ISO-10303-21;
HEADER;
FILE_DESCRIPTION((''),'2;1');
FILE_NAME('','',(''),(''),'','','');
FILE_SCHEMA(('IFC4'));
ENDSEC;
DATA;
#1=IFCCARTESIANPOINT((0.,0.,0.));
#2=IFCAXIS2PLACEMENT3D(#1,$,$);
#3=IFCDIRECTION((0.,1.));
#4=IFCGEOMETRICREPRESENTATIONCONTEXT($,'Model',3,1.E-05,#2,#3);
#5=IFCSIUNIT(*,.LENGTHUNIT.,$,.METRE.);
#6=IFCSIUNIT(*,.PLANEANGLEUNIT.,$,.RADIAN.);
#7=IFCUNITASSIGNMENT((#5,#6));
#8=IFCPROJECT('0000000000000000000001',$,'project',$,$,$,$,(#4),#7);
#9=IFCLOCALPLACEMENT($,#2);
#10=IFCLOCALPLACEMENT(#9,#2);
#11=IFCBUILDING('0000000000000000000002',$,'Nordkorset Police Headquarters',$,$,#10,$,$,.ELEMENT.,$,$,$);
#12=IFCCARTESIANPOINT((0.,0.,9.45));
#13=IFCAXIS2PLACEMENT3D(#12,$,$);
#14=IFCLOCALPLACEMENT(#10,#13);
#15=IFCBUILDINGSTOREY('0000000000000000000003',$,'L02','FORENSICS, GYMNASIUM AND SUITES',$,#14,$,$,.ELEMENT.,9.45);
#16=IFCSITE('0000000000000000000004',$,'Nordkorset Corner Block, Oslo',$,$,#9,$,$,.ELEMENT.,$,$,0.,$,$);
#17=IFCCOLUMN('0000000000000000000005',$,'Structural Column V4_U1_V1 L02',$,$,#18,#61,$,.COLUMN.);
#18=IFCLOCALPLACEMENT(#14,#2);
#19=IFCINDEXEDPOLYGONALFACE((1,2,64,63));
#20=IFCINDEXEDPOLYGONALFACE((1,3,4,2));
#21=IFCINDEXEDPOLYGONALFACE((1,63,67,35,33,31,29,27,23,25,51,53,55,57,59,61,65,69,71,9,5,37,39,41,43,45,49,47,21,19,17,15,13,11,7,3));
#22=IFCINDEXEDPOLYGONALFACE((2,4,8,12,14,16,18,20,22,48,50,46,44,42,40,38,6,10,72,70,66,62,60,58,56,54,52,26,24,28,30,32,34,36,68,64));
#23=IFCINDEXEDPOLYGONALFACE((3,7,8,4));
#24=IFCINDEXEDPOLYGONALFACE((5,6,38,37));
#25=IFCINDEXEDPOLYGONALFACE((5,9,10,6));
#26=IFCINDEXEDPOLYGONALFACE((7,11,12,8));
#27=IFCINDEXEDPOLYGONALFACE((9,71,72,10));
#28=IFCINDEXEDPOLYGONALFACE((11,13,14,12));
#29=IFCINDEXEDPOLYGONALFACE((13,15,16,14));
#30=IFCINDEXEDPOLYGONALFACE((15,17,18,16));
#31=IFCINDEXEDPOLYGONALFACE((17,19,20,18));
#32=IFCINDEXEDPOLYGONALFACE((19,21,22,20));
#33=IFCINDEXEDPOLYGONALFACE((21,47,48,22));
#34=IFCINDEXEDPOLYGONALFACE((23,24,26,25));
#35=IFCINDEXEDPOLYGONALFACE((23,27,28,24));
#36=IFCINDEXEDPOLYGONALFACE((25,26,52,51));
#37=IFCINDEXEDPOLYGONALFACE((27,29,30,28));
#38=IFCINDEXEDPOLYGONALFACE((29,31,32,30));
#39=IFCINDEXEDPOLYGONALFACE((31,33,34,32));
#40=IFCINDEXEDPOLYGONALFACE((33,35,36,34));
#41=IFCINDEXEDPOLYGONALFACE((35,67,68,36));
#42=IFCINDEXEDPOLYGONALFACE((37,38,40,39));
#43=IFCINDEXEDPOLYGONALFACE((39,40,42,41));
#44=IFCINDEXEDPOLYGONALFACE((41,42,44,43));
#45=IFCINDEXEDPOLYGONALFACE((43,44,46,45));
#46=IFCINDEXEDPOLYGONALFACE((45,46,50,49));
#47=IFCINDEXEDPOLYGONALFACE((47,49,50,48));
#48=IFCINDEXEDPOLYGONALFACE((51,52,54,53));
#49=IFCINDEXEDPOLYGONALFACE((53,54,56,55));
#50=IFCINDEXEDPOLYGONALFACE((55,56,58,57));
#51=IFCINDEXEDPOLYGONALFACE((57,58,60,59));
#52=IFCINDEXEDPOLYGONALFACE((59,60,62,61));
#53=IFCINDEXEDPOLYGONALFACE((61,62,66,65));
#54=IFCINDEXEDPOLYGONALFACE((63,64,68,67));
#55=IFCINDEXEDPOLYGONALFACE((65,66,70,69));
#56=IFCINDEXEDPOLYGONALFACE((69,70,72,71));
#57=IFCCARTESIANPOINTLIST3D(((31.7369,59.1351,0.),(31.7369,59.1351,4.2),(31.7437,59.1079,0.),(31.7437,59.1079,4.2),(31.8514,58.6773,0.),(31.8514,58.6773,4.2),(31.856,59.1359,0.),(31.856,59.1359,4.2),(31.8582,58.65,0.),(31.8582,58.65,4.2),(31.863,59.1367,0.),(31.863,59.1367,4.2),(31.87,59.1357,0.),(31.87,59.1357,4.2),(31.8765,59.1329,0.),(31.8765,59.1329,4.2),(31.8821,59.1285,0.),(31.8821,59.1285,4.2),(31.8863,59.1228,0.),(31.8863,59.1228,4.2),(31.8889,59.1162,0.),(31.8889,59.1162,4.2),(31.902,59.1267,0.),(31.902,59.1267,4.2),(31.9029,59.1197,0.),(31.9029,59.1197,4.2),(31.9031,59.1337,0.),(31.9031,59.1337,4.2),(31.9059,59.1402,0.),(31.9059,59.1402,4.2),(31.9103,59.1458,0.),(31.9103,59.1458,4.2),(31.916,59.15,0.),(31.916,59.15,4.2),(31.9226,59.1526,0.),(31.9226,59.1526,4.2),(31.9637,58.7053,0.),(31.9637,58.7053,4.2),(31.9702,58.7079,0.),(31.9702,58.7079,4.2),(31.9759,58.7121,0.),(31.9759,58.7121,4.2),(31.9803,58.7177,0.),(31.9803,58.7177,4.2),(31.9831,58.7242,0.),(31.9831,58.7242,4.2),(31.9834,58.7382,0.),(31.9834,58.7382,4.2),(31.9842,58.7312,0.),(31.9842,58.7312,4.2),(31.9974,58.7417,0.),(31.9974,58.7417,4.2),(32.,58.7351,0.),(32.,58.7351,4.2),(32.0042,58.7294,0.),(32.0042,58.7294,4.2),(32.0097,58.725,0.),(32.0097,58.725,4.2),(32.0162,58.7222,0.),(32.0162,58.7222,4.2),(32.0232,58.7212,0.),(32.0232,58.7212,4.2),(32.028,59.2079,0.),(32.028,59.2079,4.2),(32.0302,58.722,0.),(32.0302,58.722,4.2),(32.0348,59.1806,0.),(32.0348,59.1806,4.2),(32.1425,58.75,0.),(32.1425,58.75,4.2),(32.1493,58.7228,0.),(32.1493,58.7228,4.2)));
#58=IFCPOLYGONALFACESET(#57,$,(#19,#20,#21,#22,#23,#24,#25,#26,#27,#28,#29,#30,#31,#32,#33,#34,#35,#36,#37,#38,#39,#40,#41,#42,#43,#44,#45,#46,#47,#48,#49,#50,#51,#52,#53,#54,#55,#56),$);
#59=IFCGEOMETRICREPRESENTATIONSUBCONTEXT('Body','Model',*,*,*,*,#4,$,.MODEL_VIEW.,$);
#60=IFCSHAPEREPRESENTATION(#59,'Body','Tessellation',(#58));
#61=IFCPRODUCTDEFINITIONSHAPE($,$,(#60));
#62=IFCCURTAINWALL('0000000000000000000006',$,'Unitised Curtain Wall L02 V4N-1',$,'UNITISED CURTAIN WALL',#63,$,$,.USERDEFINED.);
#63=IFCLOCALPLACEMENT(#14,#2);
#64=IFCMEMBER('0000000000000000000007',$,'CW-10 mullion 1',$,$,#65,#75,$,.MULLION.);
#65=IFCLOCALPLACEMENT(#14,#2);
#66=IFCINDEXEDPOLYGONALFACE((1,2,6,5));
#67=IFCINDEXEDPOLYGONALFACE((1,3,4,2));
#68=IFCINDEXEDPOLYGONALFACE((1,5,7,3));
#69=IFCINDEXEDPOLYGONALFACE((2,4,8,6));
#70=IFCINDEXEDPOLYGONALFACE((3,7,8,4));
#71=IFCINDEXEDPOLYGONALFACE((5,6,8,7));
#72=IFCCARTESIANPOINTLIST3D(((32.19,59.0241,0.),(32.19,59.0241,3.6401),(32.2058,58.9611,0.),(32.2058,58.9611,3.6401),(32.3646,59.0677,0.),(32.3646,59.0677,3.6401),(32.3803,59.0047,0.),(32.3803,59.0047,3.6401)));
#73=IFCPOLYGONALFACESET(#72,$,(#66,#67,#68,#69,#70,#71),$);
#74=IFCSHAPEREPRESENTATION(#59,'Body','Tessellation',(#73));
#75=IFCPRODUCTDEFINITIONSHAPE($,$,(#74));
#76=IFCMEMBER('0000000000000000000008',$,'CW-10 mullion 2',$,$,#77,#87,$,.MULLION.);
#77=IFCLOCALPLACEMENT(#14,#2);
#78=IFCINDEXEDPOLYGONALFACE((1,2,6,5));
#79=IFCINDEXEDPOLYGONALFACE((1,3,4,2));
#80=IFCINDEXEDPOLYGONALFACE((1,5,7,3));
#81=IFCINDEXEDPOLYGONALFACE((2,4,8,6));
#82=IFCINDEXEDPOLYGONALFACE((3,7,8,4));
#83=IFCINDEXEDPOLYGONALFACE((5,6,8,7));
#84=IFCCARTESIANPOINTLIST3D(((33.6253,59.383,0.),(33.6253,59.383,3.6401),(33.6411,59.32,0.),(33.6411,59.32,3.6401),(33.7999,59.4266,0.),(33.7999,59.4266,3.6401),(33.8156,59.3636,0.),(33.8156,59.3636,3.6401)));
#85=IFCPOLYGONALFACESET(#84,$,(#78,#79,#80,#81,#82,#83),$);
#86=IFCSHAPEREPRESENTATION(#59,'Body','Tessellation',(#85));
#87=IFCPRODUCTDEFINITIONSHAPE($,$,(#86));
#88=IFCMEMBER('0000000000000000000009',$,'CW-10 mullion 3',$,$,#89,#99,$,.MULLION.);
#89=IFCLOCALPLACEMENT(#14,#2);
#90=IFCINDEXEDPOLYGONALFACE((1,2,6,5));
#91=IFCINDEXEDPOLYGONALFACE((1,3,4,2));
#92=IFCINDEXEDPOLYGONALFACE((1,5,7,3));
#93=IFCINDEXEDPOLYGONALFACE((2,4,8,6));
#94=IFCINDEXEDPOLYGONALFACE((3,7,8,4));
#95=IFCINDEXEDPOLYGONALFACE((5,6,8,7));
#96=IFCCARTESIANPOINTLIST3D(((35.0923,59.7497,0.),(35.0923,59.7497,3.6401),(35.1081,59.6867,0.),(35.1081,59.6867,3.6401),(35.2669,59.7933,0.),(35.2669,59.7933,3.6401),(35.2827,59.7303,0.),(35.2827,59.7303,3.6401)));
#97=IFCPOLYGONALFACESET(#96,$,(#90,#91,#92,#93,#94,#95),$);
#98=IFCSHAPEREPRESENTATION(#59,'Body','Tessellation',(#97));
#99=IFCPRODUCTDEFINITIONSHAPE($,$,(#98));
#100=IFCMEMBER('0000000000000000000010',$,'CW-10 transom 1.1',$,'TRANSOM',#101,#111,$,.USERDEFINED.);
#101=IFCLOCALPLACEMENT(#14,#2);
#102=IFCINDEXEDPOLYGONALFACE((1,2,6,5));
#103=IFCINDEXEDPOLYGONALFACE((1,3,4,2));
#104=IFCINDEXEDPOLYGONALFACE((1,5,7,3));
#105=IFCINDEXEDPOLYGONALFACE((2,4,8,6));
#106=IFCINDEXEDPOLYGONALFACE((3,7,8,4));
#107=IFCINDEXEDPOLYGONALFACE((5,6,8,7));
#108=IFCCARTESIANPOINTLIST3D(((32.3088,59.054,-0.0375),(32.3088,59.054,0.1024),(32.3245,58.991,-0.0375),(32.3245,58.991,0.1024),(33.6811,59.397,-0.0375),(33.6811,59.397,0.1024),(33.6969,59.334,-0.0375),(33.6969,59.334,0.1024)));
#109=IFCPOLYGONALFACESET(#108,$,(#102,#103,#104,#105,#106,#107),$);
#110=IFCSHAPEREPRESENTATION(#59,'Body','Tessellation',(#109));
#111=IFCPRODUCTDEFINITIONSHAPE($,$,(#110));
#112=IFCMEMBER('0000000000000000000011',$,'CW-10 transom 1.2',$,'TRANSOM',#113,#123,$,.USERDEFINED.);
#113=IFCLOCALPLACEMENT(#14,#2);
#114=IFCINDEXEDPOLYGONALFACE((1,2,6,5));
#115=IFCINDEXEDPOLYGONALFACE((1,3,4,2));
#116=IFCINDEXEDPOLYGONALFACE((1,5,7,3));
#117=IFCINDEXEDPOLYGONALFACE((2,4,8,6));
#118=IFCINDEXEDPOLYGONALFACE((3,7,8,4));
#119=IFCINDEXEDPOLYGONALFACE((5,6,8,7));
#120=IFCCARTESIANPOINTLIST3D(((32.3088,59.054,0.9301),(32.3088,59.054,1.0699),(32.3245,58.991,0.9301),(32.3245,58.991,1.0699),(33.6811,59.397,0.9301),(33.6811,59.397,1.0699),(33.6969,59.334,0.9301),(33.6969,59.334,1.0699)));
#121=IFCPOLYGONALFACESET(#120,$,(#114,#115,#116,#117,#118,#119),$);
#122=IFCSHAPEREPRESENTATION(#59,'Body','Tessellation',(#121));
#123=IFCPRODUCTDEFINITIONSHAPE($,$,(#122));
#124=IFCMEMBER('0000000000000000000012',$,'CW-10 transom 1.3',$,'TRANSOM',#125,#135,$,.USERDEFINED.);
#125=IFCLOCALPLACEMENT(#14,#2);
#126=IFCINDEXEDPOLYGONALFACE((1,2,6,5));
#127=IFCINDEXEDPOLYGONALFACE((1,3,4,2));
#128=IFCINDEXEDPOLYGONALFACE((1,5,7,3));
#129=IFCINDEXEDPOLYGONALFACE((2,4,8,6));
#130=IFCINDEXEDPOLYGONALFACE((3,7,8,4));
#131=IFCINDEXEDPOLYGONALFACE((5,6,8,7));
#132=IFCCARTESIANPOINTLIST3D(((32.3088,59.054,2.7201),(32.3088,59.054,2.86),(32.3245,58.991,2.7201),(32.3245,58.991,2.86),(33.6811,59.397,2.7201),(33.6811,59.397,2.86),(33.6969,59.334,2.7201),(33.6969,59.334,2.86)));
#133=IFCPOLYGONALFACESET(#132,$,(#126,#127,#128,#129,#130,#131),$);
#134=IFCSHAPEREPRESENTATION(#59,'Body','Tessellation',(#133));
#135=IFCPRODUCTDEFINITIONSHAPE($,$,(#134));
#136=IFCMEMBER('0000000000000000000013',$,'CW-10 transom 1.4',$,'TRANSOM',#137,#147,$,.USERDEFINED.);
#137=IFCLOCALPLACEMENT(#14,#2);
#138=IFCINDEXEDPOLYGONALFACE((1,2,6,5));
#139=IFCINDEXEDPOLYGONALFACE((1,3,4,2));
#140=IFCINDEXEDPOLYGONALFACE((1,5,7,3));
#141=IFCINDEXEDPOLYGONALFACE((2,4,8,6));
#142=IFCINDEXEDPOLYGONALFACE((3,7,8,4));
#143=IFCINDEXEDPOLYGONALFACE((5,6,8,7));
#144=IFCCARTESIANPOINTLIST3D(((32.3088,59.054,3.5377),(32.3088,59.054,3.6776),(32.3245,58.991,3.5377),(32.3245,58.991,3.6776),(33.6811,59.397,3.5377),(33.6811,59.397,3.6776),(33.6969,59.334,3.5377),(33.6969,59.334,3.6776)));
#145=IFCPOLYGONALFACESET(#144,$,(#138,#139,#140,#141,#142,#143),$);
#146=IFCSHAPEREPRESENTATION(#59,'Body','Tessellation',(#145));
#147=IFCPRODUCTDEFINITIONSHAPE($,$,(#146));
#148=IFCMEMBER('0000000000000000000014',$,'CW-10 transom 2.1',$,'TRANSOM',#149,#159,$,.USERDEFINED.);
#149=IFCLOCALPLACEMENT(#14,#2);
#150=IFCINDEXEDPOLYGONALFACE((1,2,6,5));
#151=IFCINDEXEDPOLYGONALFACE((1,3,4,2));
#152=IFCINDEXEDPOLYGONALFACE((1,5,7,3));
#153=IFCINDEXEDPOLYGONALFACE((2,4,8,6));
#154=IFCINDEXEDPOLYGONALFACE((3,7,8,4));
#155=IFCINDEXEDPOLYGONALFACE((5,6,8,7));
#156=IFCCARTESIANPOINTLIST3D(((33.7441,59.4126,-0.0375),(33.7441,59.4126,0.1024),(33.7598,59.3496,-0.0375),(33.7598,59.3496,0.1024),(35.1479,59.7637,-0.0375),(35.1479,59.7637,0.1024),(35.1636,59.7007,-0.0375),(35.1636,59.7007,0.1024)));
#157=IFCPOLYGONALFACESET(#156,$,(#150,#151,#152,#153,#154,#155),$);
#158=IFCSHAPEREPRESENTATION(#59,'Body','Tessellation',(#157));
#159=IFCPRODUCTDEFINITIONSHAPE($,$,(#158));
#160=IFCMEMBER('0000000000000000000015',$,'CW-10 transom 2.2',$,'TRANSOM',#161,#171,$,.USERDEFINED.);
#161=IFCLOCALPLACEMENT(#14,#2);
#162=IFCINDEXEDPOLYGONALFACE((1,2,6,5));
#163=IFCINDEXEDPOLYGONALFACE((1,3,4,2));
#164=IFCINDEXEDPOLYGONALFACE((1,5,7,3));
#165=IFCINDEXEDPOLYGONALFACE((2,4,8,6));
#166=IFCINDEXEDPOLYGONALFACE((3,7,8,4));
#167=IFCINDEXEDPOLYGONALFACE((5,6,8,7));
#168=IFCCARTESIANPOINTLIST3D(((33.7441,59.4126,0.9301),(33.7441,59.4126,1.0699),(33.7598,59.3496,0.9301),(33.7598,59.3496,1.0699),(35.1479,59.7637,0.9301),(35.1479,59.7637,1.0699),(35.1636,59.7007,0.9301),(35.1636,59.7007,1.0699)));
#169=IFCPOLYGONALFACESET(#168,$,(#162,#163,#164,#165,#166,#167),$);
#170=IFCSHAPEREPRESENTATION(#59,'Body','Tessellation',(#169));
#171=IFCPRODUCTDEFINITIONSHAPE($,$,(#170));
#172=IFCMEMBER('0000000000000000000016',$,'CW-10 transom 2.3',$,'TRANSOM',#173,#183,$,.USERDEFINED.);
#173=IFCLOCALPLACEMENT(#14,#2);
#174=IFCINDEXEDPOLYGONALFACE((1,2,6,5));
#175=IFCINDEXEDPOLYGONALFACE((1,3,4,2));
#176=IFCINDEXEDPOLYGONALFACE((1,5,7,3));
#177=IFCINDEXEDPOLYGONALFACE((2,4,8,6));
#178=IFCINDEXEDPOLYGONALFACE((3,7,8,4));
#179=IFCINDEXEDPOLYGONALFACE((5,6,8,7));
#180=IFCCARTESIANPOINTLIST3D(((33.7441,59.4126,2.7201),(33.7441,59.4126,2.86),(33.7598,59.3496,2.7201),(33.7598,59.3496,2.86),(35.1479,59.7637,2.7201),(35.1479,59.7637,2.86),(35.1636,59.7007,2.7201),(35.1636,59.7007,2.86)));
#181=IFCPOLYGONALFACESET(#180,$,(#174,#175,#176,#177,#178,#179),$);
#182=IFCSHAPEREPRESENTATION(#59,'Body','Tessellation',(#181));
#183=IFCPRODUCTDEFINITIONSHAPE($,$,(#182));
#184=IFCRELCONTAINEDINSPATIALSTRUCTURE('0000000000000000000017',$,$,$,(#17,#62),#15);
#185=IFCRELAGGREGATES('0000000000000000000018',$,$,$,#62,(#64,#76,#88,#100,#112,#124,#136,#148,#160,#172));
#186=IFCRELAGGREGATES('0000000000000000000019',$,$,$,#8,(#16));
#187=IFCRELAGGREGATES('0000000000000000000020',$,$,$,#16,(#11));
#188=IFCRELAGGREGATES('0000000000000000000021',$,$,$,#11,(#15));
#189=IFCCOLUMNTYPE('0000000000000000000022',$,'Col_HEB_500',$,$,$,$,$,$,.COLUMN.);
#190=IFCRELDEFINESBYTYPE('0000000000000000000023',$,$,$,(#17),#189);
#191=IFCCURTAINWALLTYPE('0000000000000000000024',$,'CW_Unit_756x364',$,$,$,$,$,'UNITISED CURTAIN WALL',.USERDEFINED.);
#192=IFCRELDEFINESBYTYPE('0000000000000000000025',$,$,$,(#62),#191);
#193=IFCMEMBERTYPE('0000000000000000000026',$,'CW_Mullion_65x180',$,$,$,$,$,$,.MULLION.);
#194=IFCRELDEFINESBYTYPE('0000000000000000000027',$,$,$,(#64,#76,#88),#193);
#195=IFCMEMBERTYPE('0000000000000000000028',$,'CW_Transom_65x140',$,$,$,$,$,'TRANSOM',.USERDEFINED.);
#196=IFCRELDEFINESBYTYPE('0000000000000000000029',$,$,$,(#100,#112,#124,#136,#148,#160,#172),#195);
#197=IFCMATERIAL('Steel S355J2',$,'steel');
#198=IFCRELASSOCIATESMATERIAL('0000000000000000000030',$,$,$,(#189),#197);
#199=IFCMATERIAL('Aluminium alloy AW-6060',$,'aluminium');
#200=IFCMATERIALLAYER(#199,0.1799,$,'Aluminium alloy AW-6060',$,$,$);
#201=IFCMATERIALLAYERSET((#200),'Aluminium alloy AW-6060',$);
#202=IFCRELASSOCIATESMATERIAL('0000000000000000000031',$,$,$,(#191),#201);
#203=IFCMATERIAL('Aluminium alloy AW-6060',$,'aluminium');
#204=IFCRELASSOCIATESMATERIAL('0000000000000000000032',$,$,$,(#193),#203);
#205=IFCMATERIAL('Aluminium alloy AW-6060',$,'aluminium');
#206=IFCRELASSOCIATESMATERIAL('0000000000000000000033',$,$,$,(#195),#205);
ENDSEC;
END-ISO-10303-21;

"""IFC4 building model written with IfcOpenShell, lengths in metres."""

from ifc_helpers import new_model, si_unit, direction, frame, origin, origin_2d, place, context, subcontext, project, spatial, rectangle, i_section, extrude, material, layer, layer_set, material_profile, profile_set, type_object, element, aggregate, save


model = new_model("IFC4")

# Units and contexts
model_context = context("Model", 3, precision=1e-05, world=origin(), true_north=direction((0.0, 1.0)))
body_context = subcontext(model_context, "Body", "Model", "MODEL_VIEW")
ifc_project = project(units=[si_unit("LENGTHUNIT", "METRE"), si_unit("PLANEANGLEUNIT", "RADIAN")], contexts=[model_context])

# Site, building, storey
site_placement = place(None, origin())
site = spatial("IfcSite", under=ifc_project, at=site_placement, Name="Nordkorset Corner Block, Oslo", CompositionType="ELEMENT", RefElevation=0.0)
building_placement = place(site_placement, origin())
building = spatial("IfcBuilding", under=site, at=building_placement, Name="Nordkorset Police Headquarters", CompositionType="ELEMENT")
storey_placement = place(building_placement, frame((0.0, 0.0, 9.45)))
storey = spatial("IfcBuildingStorey", under=building, at=storey_placement, Name="L02", Description="FORENSICS, GYMNASIUM AND SUITES", CompositionType="ELEMENT", Elevation=9.45)

# Column
ifc_material_1 = material(Name="Steel S355J2", Category="steel")
ifc_material_profile_1 = material_profile(ifc_material_1, i_section(OverallWidth=0.3, OverallDepth=0.5, WebThickness=0.0144, FlangeThickness=0.0281, FilletRadius=0.0271, at=origin_2d()), Name="HEB 500")
ifc_profile_set_1 = profile_set([ifc_material_profile_1], Name="Steel S355J2")
column_type = type_object("IfcColumnType", Name="Col_HEB_500", PredefinedType="COLUMN", material=ifc_profile_set_1)
column_placement = place(storey_placement, frame((31.9431, 58.929, 0.0), z_axis=(0.0, 0.0, 1.0), x_axis=(0.970143, 0.242536, 0.0)))
element("IfcColumn", 1, at=column_placement, inside=storey, type_object=column_type, Name="Structural Column V4_U1_V1 L02", PredefinedType="COLUMN", context=body_context, shape_type="SweptSolid", body=[
    extrude(i_section(OverallWidth=0.3, OverallDepth=0.5, WebThickness=0.0144, FlangeThickness=0.0281, FilletRadius=0.0271, at=origin_2d()), origin(), (0.0, 0.0, 1.0), 4.2),
])

# Curtain wall, members
ifc_material_2 = material(Name="Aluminium alloy AW-6060", Category="aluminium")
ifc_layer_1 = layer(ifc_material_2, 0.1799, Name="Aluminium alloy AW-6060")
ifc_layer_set_1 = layer_set([ifc_layer_1], Name="Aluminium alloy AW-6060")
curtain_wall_type = type_object("IfcCurtainWallType", Name="CW_Unit_756x364", ElementType="UNITISED CURTAIN WALL", PredefinedType="USERDEFINED", material=ifc_layer_set_1)
curtain_wall_placement = place(storey_placement, origin())
curtain_wall = element("IfcCurtainWall", 2, at=curtain_wall_placement, inside=storey, type_object=curtain_wall_type, Name="Unitised Curtain Wall L02 V4N-1", ObjectType="UNITISED CURTAIN WALL", PredefinedType="USERDEFINED")
ifc_material_3 = material(Name="Aluminium alloy AW-6060", Category="aluminium")
ifc_material_profile_2 = material_profile(ifc_material_3, rectangle(XDim=0.0649, YDim=0.1799, at=origin_2d()), Name="ALU MULL 65x180")
ifc_profile_set_2 = profile_set([ifc_material_profile_2], Name="Aluminium alloy AW-6060")
member_type_1 = type_object("IfcMemberType", Name="CW_Mullion_65x180", PredefinedType="MULLION", material=ifc_profile_set_2)
member_1_placement = place(storey_placement, frame((32.2852, 59.0144, 0.0), z_axis=(0.0, 0.0, 1.0), x_axis=(-0.242536, 0.970143, 0.0)))
member_1 = element("IfcMember", 3, at=member_1_placement, type_object=member_type_1, Name="CW-10 mullion 1", PredefinedType="MULLION", context=body_context, shape_type="SweptSolid", body=[
    extrude(rectangle(XDim=0.0649, YDim=0.1799, at=origin_2d()), origin(), (0.0, 0.0, 1.0), 3.6401),
])
member_2_placement = place(storey_placement, frame((33.7205, 59.3733, 0.0), z_axis=(0.0, 0.0, 1.0), x_axis=(-0.242536, 0.970143, 0.0)))
member_2 = element("IfcMember", 4, at=member_2_placement, type_object=member_type_1, Name="CW-10 mullion 2", PredefinedType="MULLION", context=body_context, shape_type="SweptSolid", body=[
    extrude(rectangle(XDim=0.0649, YDim=0.1799, at=origin_2d()), origin(), (0.0, 0.0, 1.0), 3.6401),
])
member_3_placement = place(storey_placement, frame((35.1875, 59.74, 0.0), z_axis=(0.0, 0.0, 1.0), x_axis=(-0.242536, 0.970143, 0.0)))
member_3 = element("IfcMember", 5, at=member_3_placement, type_object=member_type_1, Name="CW-10 mullion 3", PredefinedType="MULLION", context=body_context, shape_type="SweptSolid", body=[
    extrude(rectangle(XDim=0.0649, YDim=0.1799, at=origin_2d()), origin(), (0.0, 0.0, 1.0), 3.6401),
])
ifc_material_4 = material(Name="Aluminium alloy AW-6060", Category="aluminium")
ifc_material_profile_3 = material_profile(ifc_material_4, rectangle(XDim=0.0649, YDim=0.1399, at=origin_2d()), Name="ALU TRAN 65x140")
ifc_profile_set_3 = profile_set([ifc_material_profile_3], Name="Aluminium alloy AW-6060")
member_type_2 = type_object("IfcMemberType", Name="CW_Transom_65x140", ElementType="TRANSOM", PredefinedType="USERDEFINED", material=ifc_profile_set_3)
member_4_placement = place(storey_placement, frame((32.3167, 59.0225, 0.0325), z_axis=(0.970153, 0.242495, 0.0), x_axis=(-0.242495, 0.970153, 0.0)))
member_4 = element("IfcMember", 6, at=member_4_placement, type_object=member_type_2, Name="CW-10 transom 1.1", ObjectType="TRANSOM", PredefinedType="USERDEFINED", context=body_context, shape_type="SweptSolid", body=[
    extrude(rectangle(XDim=0.0649, YDim=0.1399, at=origin_2d()), origin(), (0.0, 0.0, 1.0), 1.4146),
])
member_5_placement = place(storey_placement, frame((32.3167, 59.0225, 1.0), z_axis=(0.970153, 0.242495, 0.0), x_axis=(-0.242495, 0.970153, 0.0)))
member_5 = element("IfcMember", 7, at=member_5_placement, type_object=member_type_2, Name="CW-10 transom 1.2", ObjectType="TRANSOM", PredefinedType="USERDEFINED", context=body_context, shape_type="SweptSolid", body=[
    extrude(rectangle(XDim=0.0649, YDim=0.1399, at=origin_2d()), origin(), (0.0, 0.0, 1.0), 1.4146),
])
member_6_placement = place(storey_placement, frame((32.3167, 59.0225, 2.79), z_axis=(0.970153, 0.242495, 0.0), x_axis=(-0.242495, 0.970153, 0.0)))
member_6 = element("IfcMember", 8, at=member_6_placement, type_object=member_type_2, Name="CW-10 transom 1.3", ObjectType="TRANSOM", PredefinedType="USERDEFINED", context=body_context, shape_type="SweptSolid", body=[
    extrude(rectangle(XDim=0.0649, YDim=0.1399, at=origin_2d()), origin(), (0.0, 0.0, 1.0), 1.4146),
])
member_7_placement = place(storey_placement, frame((32.3167, 59.0225, 3.6077), z_axis=(0.970153, 0.242495, 0.0), x_axis=(-0.242495, 0.970153, 0.0)))
member_7 = element("IfcMember", 9, at=member_7_placement, type_object=member_type_2, Name="CW-10 transom 1.4", ObjectType="TRANSOM", PredefinedType="USERDEFINED", context=body_context, shape_type="SweptSolid", body=[
    extrude(rectangle(XDim=0.0649, YDim=0.1399, at=origin_2d()), origin(), (0.0, 0.0, 1.0), 1.4146),
])
member_8_placement = place(storey_placement, frame((33.752, 59.3811, 0.0325), z_axis=(0.970123, 0.242615, 0.0), x_axis=(-0.242615, 0.970123, 0.0)))
member_8 = element("IfcMember", 10, at=member_8_placement, type_object=member_type_2, Name="CW-10 transom 2.1", ObjectType="TRANSOM", PredefinedType="USERDEFINED", context=body_context, shape_type="SweptSolid", body=[
    extrude(rectangle(XDim=0.0649, YDim=0.1399, at=origin_2d()), origin(), (0.0, 0.0, 1.0), 1.447),
])
member_9_placement = place(storey_placement, frame((33.752, 59.3811, 1.0), z_axis=(0.970123, 0.242615, 0.0), x_axis=(-0.242615, 0.970123, 0.0)))
member_9 = element("IfcMember", 11, at=member_9_placement, type_object=member_type_2, Name="CW-10 transom 2.2", ObjectType="TRANSOM", PredefinedType="USERDEFINED", context=body_context, shape_type="SweptSolid", body=[
    extrude(rectangle(XDim=0.0649, YDim=0.1399, at=origin_2d()), origin(), (0.0, 0.0, 1.0), 1.447),
])
member_10_placement = place(storey_placement, frame((33.752, 59.3811, 2.79), z_axis=(0.970123, 0.242615, 0.0), x_axis=(-0.242615, 0.970123, 0.0)))
member_10 = element("IfcMember", 12, at=member_10_placement, type_object=member_type_2, Name="CW-10 transom 2.3", ObjectType="TRANSOM", PredefinedType="USERDEFINED", context=body_context, shape_type="SweptSolid", body=[
    extrude(rectangle(XDim=0.0649, YDim=0.1399, at=origin_2d()), origin(), (0.0, 0.0, 1.0), 1.447),
])

aggregate(curtain_wall, [member_1, member_2, member_3, member_4, member_5, member_6, member_7, member_8, member_9, member_10])

save(model, "model.ifc")
